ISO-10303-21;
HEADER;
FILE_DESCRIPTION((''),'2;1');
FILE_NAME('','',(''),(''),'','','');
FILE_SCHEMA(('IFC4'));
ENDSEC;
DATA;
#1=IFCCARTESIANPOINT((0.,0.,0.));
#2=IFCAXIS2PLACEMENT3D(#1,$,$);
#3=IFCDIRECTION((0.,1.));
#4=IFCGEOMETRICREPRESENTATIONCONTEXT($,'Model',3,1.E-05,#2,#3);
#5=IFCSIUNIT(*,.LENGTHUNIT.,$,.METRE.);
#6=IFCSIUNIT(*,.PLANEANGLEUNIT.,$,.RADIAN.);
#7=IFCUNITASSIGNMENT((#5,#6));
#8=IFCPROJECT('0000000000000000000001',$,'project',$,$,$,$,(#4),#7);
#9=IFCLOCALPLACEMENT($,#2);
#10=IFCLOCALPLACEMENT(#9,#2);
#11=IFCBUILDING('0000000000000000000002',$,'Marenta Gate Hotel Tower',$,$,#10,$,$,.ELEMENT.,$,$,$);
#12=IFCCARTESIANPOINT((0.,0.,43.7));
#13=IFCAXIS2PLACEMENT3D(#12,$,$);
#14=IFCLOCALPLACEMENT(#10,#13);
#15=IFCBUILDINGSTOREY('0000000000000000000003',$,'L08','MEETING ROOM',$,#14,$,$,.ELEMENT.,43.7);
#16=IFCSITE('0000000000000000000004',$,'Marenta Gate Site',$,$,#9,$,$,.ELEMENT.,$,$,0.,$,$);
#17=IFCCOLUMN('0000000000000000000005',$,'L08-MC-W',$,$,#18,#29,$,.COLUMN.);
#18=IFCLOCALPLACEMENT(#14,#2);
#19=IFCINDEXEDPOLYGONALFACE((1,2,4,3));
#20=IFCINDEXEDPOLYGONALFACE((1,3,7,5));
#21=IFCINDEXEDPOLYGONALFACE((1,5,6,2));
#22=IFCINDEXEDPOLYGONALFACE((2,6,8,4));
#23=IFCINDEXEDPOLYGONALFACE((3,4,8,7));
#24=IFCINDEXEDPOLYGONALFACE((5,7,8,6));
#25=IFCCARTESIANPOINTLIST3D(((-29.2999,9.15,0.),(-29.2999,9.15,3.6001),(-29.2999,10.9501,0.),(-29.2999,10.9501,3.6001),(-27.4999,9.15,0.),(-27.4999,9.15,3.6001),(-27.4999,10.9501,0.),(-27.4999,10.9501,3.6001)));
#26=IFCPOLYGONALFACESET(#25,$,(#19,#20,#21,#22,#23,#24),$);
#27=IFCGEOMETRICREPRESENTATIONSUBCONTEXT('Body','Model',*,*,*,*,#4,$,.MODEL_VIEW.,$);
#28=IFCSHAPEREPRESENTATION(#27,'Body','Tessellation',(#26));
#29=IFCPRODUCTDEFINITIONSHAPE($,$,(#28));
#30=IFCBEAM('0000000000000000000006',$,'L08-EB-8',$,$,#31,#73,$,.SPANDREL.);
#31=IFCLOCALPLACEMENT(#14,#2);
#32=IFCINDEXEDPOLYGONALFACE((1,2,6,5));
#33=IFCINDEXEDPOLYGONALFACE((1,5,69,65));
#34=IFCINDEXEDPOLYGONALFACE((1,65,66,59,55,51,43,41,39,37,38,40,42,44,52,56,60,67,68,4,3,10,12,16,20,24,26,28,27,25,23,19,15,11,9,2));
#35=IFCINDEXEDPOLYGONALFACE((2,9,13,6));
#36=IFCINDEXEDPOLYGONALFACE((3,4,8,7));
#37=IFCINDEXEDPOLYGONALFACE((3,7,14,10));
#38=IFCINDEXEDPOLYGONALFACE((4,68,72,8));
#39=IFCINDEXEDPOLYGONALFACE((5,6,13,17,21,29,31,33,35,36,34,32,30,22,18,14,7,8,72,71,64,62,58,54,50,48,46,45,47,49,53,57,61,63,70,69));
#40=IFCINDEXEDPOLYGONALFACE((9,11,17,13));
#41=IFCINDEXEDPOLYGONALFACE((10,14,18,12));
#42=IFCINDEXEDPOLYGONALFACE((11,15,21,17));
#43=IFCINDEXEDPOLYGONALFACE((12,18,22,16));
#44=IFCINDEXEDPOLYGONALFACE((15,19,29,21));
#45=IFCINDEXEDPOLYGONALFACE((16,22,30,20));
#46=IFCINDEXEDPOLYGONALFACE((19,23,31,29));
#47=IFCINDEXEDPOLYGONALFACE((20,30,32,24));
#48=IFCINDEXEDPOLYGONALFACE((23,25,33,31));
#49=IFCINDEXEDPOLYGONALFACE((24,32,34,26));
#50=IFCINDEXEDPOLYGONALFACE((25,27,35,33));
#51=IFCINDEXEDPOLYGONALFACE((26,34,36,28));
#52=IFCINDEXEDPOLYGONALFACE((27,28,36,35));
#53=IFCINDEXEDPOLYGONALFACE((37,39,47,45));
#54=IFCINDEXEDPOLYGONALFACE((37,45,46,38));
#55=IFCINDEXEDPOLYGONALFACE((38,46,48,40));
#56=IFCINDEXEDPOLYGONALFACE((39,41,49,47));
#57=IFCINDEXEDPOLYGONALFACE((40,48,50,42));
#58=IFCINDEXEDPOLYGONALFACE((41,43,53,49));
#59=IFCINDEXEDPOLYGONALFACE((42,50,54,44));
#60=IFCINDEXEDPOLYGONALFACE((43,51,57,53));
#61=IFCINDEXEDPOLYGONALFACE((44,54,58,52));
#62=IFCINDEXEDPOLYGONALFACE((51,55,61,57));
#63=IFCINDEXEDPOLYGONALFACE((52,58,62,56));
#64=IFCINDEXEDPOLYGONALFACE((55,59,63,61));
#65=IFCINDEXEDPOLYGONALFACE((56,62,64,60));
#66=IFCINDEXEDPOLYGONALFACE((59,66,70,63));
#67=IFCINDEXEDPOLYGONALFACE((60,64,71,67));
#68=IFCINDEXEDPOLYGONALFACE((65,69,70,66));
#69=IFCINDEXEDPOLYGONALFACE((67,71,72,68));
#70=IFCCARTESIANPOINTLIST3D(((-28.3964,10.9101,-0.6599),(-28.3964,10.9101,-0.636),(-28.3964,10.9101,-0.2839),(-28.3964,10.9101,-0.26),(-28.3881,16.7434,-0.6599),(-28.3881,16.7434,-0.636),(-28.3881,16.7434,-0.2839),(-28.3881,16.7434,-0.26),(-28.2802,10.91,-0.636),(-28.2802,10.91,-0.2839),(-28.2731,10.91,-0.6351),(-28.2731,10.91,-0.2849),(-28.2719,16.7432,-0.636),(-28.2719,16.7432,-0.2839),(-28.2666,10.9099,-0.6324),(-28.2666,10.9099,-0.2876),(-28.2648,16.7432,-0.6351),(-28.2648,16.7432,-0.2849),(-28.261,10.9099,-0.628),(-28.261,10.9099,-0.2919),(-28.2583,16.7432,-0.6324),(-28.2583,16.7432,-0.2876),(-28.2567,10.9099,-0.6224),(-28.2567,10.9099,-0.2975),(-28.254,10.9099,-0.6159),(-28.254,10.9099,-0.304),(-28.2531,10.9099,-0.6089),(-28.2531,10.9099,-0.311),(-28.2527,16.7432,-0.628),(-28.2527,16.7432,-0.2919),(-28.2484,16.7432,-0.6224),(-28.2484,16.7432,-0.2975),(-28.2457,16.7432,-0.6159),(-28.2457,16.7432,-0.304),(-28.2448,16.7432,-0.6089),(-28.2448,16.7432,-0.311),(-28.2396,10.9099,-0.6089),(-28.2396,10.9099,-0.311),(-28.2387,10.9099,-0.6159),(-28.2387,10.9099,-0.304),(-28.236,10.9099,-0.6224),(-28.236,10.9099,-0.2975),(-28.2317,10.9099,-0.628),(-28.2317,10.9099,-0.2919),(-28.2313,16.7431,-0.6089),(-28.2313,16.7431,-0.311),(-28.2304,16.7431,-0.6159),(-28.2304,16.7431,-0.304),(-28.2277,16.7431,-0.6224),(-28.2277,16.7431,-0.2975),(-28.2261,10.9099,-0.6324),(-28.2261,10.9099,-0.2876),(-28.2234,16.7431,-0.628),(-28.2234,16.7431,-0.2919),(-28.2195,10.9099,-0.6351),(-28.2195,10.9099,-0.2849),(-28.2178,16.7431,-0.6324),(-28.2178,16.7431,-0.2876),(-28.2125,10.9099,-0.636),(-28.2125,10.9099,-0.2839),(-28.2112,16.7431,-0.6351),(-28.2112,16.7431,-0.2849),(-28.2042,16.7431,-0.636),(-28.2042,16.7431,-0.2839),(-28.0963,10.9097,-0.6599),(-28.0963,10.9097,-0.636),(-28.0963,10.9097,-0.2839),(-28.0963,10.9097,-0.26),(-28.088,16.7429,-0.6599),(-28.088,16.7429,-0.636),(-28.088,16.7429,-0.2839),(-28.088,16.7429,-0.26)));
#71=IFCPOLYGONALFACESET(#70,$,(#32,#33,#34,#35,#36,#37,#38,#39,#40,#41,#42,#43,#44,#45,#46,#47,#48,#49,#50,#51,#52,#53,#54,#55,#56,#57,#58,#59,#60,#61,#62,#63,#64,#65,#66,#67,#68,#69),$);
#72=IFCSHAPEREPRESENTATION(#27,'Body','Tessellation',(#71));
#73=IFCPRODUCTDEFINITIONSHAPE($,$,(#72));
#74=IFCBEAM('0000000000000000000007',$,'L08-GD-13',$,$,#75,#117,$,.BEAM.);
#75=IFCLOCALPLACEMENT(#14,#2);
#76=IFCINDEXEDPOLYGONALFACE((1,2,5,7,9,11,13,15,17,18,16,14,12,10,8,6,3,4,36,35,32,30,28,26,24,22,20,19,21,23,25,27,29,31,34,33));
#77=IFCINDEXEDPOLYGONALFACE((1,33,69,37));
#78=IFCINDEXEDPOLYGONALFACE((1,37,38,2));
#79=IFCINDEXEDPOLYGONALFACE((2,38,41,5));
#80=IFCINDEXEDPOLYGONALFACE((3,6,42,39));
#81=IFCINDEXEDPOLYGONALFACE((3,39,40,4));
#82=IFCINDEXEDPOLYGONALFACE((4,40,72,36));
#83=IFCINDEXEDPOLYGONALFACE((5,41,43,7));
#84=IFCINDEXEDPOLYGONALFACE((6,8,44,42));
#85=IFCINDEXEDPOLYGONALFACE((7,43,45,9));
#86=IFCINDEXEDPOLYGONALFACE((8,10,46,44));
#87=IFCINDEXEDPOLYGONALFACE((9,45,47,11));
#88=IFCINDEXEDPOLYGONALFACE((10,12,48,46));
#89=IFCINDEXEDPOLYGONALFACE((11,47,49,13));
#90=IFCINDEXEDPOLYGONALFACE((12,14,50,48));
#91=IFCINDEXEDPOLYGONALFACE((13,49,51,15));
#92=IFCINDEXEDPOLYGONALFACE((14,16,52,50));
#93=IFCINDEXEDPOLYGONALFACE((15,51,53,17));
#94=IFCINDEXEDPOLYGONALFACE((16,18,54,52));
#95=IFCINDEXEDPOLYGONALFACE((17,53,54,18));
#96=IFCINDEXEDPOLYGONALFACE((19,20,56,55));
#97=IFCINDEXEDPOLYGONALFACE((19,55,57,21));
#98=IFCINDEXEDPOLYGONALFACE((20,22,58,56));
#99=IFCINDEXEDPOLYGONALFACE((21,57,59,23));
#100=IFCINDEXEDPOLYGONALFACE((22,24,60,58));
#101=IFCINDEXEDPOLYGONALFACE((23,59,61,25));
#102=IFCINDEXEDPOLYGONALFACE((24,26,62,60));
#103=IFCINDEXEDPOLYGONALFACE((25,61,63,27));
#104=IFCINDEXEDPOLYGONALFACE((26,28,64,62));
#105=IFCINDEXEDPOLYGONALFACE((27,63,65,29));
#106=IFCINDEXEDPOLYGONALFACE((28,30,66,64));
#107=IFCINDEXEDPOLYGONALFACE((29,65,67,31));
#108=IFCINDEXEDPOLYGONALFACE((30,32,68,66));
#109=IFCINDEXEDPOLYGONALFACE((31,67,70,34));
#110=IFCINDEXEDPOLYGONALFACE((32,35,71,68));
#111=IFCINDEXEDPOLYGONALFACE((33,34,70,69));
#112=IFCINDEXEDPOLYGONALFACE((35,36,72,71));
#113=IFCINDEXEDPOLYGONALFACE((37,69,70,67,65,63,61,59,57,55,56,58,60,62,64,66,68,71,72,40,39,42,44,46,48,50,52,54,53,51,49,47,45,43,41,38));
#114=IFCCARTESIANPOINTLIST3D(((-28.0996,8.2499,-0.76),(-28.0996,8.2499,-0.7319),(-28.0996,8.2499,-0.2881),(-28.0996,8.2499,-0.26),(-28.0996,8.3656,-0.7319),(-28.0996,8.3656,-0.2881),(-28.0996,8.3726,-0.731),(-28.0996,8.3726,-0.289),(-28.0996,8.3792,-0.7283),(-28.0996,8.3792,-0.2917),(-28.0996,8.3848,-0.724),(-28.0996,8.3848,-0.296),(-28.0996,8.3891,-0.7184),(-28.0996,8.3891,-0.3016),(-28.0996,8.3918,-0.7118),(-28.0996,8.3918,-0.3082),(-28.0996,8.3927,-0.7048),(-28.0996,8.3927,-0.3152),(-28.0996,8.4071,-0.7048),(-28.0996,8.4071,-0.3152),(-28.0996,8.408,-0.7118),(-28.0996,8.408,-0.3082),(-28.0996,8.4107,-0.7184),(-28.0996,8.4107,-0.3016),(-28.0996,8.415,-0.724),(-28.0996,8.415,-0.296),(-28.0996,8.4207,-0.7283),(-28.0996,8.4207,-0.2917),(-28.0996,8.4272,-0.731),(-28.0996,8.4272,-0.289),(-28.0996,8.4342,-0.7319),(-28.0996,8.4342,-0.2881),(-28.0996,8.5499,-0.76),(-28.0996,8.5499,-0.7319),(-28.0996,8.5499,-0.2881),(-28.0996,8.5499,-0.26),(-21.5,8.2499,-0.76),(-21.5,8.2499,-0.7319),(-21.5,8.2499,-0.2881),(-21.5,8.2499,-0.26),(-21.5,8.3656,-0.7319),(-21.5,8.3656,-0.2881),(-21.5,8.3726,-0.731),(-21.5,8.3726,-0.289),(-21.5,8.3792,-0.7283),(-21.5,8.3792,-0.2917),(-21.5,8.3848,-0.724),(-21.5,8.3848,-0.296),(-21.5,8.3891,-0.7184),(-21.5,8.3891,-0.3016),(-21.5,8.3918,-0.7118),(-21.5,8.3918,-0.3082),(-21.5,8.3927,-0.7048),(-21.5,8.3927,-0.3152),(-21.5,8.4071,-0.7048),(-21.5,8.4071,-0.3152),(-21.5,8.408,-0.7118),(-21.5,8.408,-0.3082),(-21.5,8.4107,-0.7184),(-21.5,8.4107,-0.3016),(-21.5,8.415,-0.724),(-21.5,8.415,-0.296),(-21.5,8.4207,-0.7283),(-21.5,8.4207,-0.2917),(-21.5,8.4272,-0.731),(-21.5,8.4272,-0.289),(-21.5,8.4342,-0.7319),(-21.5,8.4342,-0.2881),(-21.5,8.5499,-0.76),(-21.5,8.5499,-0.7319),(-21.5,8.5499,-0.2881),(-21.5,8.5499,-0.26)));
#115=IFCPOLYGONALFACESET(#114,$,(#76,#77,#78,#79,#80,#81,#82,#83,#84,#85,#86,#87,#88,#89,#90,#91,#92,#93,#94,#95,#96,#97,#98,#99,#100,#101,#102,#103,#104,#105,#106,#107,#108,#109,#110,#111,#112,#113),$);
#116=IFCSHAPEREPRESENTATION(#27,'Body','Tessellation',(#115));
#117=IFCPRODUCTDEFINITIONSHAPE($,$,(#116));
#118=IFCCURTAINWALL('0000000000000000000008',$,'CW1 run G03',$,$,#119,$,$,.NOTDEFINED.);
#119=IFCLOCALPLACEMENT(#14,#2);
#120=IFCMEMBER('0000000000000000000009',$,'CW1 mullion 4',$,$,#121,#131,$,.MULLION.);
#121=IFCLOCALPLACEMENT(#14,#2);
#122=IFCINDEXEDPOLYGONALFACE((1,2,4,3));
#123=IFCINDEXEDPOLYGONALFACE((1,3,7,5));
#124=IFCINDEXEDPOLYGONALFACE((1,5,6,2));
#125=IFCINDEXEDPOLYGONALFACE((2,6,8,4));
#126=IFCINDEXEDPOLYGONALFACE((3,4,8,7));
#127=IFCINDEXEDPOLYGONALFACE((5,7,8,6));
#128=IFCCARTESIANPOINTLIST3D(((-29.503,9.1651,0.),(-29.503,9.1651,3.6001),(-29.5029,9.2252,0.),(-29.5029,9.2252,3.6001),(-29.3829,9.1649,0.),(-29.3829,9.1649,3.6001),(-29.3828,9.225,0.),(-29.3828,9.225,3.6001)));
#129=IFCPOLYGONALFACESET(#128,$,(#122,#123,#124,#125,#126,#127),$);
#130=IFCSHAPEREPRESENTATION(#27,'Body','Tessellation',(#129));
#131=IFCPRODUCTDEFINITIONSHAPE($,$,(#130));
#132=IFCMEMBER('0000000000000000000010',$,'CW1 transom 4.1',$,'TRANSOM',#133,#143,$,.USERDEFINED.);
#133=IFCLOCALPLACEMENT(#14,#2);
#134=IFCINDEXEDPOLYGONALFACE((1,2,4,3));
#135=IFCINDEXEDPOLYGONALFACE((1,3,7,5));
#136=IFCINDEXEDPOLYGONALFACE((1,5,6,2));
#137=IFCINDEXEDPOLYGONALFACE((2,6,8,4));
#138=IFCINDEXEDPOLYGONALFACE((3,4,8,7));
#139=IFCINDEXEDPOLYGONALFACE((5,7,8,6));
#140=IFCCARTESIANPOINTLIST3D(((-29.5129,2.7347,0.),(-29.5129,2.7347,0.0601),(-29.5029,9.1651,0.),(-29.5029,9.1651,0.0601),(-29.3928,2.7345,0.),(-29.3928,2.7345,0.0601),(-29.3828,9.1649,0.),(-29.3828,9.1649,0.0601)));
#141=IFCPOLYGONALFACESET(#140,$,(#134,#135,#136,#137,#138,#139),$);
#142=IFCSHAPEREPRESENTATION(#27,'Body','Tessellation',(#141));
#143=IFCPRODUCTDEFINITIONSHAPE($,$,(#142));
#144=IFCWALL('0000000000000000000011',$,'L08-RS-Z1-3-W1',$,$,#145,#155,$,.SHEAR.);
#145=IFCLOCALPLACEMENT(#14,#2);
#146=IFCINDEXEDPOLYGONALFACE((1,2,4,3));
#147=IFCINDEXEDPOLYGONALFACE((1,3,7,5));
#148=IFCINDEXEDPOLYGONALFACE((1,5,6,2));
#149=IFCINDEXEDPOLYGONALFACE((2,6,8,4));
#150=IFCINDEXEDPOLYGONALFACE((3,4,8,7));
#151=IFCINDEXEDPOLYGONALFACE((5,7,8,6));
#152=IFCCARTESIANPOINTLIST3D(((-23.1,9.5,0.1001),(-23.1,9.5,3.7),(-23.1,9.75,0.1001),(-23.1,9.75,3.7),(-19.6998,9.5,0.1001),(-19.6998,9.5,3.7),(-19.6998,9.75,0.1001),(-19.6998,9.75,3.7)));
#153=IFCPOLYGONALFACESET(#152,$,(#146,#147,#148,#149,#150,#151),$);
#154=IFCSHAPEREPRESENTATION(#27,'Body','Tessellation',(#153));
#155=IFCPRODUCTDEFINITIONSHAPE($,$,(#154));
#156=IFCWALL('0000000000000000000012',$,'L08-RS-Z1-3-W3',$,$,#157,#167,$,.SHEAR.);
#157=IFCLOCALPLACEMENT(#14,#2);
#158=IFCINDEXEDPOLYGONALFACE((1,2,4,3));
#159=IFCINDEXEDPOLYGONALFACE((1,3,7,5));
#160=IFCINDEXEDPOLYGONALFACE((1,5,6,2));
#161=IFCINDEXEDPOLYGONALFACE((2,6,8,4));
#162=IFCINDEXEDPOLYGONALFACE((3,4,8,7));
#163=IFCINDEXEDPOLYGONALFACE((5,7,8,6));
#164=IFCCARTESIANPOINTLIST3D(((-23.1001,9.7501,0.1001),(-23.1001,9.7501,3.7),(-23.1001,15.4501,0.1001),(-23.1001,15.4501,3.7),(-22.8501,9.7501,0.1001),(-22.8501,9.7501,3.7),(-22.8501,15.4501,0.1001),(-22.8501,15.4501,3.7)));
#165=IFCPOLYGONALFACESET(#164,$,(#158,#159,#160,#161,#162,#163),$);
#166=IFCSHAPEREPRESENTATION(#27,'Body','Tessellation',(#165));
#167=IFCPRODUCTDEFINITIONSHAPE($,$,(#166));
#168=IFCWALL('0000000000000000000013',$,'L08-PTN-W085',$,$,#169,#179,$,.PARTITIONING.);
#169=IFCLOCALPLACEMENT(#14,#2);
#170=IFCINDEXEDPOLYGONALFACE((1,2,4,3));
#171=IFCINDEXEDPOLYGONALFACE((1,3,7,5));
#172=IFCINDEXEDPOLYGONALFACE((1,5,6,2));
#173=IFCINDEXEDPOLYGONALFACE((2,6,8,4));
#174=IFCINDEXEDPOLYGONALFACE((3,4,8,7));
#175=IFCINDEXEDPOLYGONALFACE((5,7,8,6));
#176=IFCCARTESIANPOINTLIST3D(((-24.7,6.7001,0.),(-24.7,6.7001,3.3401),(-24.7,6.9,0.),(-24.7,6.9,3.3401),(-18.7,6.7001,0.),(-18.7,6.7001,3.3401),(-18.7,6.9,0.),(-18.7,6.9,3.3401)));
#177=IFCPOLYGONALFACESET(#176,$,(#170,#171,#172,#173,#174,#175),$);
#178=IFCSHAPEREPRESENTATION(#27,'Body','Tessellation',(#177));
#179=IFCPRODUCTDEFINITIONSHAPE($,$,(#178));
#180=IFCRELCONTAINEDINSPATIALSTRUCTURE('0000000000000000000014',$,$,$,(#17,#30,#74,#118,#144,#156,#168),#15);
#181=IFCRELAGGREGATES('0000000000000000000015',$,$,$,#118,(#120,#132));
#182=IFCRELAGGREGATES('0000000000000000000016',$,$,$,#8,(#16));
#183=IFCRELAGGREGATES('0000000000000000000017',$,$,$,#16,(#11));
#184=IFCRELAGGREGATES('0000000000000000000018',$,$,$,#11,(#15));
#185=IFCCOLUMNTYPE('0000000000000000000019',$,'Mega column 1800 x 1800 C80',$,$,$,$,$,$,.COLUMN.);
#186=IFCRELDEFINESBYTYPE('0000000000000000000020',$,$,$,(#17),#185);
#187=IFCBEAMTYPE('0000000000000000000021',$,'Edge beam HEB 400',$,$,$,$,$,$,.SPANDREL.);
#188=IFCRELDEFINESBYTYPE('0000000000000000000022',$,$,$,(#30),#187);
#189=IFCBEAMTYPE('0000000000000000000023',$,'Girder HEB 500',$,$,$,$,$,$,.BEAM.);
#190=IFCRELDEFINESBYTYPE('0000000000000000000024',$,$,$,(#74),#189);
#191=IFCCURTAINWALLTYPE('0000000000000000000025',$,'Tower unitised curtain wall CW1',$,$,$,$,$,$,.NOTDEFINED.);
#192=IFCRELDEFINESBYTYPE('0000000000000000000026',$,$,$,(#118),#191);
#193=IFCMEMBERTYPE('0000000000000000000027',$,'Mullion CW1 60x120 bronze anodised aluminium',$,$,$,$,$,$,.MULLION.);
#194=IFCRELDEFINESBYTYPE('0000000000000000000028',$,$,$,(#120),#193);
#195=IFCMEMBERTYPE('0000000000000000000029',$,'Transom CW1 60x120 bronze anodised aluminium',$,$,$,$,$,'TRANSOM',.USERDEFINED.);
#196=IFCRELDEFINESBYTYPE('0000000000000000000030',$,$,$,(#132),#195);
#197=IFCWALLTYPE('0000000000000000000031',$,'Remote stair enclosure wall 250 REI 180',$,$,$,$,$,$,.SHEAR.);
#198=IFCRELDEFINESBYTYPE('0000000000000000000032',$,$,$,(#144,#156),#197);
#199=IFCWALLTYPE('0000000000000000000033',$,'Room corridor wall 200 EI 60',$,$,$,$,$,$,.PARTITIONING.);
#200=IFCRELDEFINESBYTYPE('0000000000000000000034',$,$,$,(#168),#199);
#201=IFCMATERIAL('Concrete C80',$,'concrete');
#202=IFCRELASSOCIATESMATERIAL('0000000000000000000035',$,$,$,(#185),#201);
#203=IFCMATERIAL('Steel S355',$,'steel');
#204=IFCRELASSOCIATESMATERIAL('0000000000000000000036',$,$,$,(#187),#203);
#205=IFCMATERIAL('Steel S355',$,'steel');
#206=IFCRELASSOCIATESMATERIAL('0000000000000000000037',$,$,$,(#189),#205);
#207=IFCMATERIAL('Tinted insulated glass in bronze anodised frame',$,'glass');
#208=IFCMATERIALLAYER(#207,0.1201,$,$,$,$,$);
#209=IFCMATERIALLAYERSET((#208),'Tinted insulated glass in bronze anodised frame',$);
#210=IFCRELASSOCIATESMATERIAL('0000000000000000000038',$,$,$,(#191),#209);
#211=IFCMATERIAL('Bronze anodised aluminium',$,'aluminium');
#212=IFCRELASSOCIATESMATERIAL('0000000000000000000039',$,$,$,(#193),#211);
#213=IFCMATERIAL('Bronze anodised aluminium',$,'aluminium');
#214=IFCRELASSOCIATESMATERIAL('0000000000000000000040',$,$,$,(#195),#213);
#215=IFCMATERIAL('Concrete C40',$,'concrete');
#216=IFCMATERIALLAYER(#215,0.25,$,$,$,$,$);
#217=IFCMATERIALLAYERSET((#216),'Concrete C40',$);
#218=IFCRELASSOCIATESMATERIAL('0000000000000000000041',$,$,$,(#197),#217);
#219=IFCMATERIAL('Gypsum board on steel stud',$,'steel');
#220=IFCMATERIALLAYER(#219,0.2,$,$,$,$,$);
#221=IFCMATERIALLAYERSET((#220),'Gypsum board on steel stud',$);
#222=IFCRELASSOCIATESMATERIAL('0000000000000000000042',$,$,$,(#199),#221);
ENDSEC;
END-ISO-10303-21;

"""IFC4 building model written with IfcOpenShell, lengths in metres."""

from ifc_helpers import new_model, si_unit, direction, frame, frame_2d, origin, origin_2d, place, context, subcontext, project, spatial, rectangle, i_section, extrude, material, layer, layer_set, material_profile, profile_set, type_object, element, aggregate, save


model = new_model("IFC4")

# Units and contexts
model_context = context("Model", 3, precision=1e-05, world=origin(), true_north=direction((0.0, 1.0)))
body_context = subcontext(model_context, "Body", "Model", "MODEL_VIEW")
ifc_project = project(units=[si_unit("LENGTHUNIT", "METRE"), si_unit("PLANEANGLEUNIT", "RADIAN")], contexts=[model_context])

# Site, building, storey
site_placement = place(None, origin())
site = spatial("IfcSite", under=ifc_project, at=site_placement, Name="Marenta Gate Site", CompositionType="ELEMENT", RefElevation=0.0)
building_placement = place(site_placement, origin())
building = spatial("IfcBuilding", under=site, at=building_placement, Name="Marenta Gate Hotel Tower", CompositionType="ELEMENT")
storey_placement = place(building_placement, frame((0.0, 0.0, 43.7)))
storey = spatial("IfcBuildingStorey", under=building, at=storey_placement, Name="L08", Description="MEETING ROOM", CompositionType="ELEMENT", Elevation=43.7)

# Column
ifc_material_1 = material(Name="Concrete C80", Category="concrete")
ifc_material_profile_1 = material_profile(ifc_material_1, rectangle(XDim=1.8, YDim=1.8, at=origin_2d()), Name="1800 x 1800")
ifc_profile_set_1 = profile_set([ifc_material_profile_1], Name="Concrete C80")
column_type = type_object("IfcColumnType", Name="Mega column 1800 x 1800 C80", PredefinedType="COLUMN", material=ifc_profile_set_1)
column_placement = place(storey_placement, frame((-28.3999, 10.05, 0.0), z_axis=(0.0, 0.0, 1.0), x_axis=(1.0, 0.0, 0.0)))
element("IfcColumn", 1, at=column_placement, inside=storey, type_object=column_type, Name="L08-MC-W", PredefinedType="COLUMN", context=body_context, shape_type="SweptSolid", body=[
    extrude(rectangle(XDim=1.8, YDim=1.8, at=origin_2d()), origin(), (0.0, 0.0, 1.0), 3.6001),
])

# Beams
ifc_material_2 = material(Name="Steel S355", Category="steel")
ifc_material_profile_2 = material_profile(ifc_material_2, i_section(OverallWidth=0.3, OverallDepth=0.3999, WebThickness=0.0134, FlangeThickness=0.0239, FilletRadius=0.0271, at=origin_2d()), Name="HEB 400")
ifc_profile_set_2 = profile_set([ifc_material_profile_2], Name="Steel S355")
beam_type_1 = type_object("IfcBeamType", Name="Edge beam HEB 400", PredefinedType="SPANDREL", material=ifc_profile_set_2)
beam_1_placement = place(storey_placement, frame((-28.2463, 10.9099, -0.46), z_axis=(0.001423, 0.999999, 0.0), x_axis=(-0.999999, 0.001423, 0.0)))
element("IfcBeam", 2, at=beam_1_placement, inside=storey, type_object=beam_type_1, Name="L08-EB-8", PredefinedType="SPANDREL", context=body_context, shape_type="SweptSolid", body=[
    extrude(i_section(OverallWidth=0.3, OverallDepth=0.3999, WebThickness=0.0134, FlangeThickness=0.0239, FilletRadius=0.0271, at=origin_2d()), origin(), (0.0, 0.0, 1.0), 5.8333),
])
ifc_material_3 = material(Name="Steel S355", Category="steel")
ifc_material_profile_3 = material_profile(ifc_material_3, i_section(OverallWidth=0.3, OverallDepth=0.5, WebThickness=0.0144, FlangeThickness=0.0281, FilletRadius=0.0271, at=origin_2d()), Name="HEB 500")
ifc_profile_set_3 = profile_set([ifc_material_profile_3], Name="Steel S355")
beam_type_2 = type_object("IfcBeamType", Name="Girder HEB 500", PredefinedType="BEAM", material=ifc_profile_set_3)
beam_2_placement = place(storey_placement, frame((-28.0996, 8.3999, -0.51), z_axis=(1.0, 0.0, 0.0), x_axis=(0.0, 1.0, 0.0)))
element("IfcBeam", 3, at=beam_2_placement, inside=storey, type_object=beam_type_2, Name="L08-GD-13", PredefinedType="BEAM", context=body_context, shape_type="SweptSolid", body=[
    extrude(i_section(OverallWidth=0.3, OverallDepth=0.5, WebThickness=0.0144, FlangeThickness=0.0281, FilletRadius=0.0271, at=origin_2d()), origin(), (0.0, 0.0, 1.0), 6.5996),
])

# Curtain wall, members
ifc_material_4 = material(Name="Tinted insulated glass in bronze anodised frame", Category="glass")
ifc_layer_1 = layer(ifc_material_4, 0.1201)
ifc_layer_set_1 = layer_set([ifc_layer_1], Name="Tinted insulated glass in bronze anodised frame")
curtain_wall_type = type_object("IfcCurtainWallType", Name="Tower unitised curtain wall CW1", PredefinedType="NOTDEFINED", material=ifc_layer_set_1)
curtain_wall_placement = place(storey_placement, origin())
curtain_wall = element("IfcCurtainWall", 4, at=curtain_wall_placement, inside=storey, type_object=curtain_wall_type, Name="CW1 run G03", PredefinedType="NOTDEFINED")
ifc_material_5 = material(Name="Bronze anodised aluminium", Category="aluminium")
ifc_material_profile_4 = material_profile(ifc_material_5, rectangle(XDim=0.1201, YDim=0.0601, at=origin_2d()), Name="Mullion CW1 60x120 bronze anodised aluminium")
ifc_profile_set_4 = profile_set([ifc_material_profile_4], Name="Bronze anodised aluminium")
member_type_1 = type_object("IfcMemberType", Name="Mullion CW1 60x120 bronze anodised aluminium", PredefinedType="MULLION", material=ifc_profile_set_4)
member_1_placement = place(storey_placement, frame((-29.4429, 9.1951, 0.0), z_axis=(0.0, 0.0, 1.0), x_axis=(0.999999, -0.001566, 0.0)))
member_1 = element("IfcMember", 5, at=member_1_placement, type_object=member_type_1, Name="CW1 mullion 4", PredefinedType="MULLION", context=body_context, shape_type="SweptSolid", body=[
    extrude(rectangle(XDim=0.1201, YDim=0.0601, at=origin_2d()), origin(), (0.0, 0.0, 1.0), 3.6001),
])
ifc_material_6 = material(Name="Bronze anodised aluminium", Category="aluminium")
ifc_material_profile_5 = material_profile(ifc_material_6, rectangle(XDim=0.1201, YDim=0.0601, at=origin_2d()), Name="Transom CW1 60x120 bronze anodised aluminium")
ifc_profile_set_5 = profile_set([ifc_material_profile_5], Name="Bronze anodised aluminium")
member_type_2 = type_object("IfcMemberType", Name="Transom CW1 60x120 bronze anodised aluminium", ElementType="TRANSOM", PredefinedType="USERDEFINED", material=ifc_profile_set_5)
member_2_placement = place(storey_placement, frame((-29.4429, 9.165, 0.03), z_axis=(-0.001557, -0.999999, 0.0), x_axis=(0.999999, -0.001557, 0.0)))
member_2 = element("IfcMember", 6, at=member_2_placement, type_object=member_type_2, Name="CW1 transom 4.1", ObjectType="TRANSOM", PredefinedType="USERDEFINED", context=body_context, shape_type="SweptSolid", body=[
    extrude(rectangle(XDim=0.1201, YDim=0.0601, at=origin_2d()), origin(), (0.0, 0.0, 1.0), 6.4304),
])
aggregate(curtain_wall, [member_1, member_2])

# Walls
ifc_material_7 = material(Name="Concrete C40", Category="concrete")
ifc_layer_2 = layer(ifc_material_7, 0.25)
ifc_layer_set_2 = layer_set([ifc_layer_2], Name="Concrete C40")
wall_type_1 = type_object("IfcWallType", Name="Remote stair enclosure wall 250 REI 180", PredefinedType="SHEAR", material=ifc_layer_set_2)
wall_1_placement = place(storey_placement, frame((-23.1001, 9.625, 0.1001), z_axis=(0.0, 0.0, 1.0), x_axis=(1.0, 0.0, 0.0)))
element("IfcWall", 7, at=wall_1_placement, inside=storey, type_object=wall_type_1, Name="L08-RS-Z1-3-W1", PredefinedType="SHEAR", context=body_context, shape_type="SweptSolid", body=[
    extrude(rectangle(XDim=3.4001, YDim=0.25, at=frame_2d((1.7002, 0.0))), origin(), (0.0, 0.0, 1.0), 3.5999),
])
wall_2_placement = place(storey_placement, frame((-22.9751, 9.75, 0.1001), z_axis=(0.0, 0.0, 1.0), x_axis=(0.0, 1.0, 0.0)))
element("IfcWall", 8, at=wall_2_placement, inside=storey, type_object=wall_type_1, Name="L08-RS-Z1-3-W3", PredefinedType="SHEAR", context=body_context, shape_type="SweptSolid", body=[
    extrude(rectangle(XDim=5.7, YDim=0.25, at=frame_2d((2.8501, 0.0))), origin(), (0.0, 0.0, 1.0), 3.5999),
])
ifc_material_8 = material(Name="Gypsum board on steel stud", Category="steel")
ifc_layer_3 = layer(ifc_material_8, 0.2)
ifc_layer_set_3 = layer_set([ifc_layer_3], Name="Gypsum board on steel stud")
wall_type_2 = type_object("IfcWallType", Name="Room corridor wall 200 EI 60", PredefinedType="PARTITIONING", material=ifc_layer_set_3)
wall_3_placement = place(storey_placement, frame((-24.7, 6.8, 0.0), z_axis=(0.0, 0.0, 1.0), x_axis=(1.0, 0.0, 0.0)))
element("IfcWall", 9, at=wall_3_placement, inside=storey, type_object=wall_type_2, Name="L08-PTN-W085", PredefinedType="PARTITIONING", context=body_context, shape_type="SweptSolid", body=[
    extrude(rectangle(XDim=6.0, YDim=0.2, at=frame_2d((3.0, 0.0))), origin(), (0.0, 0.0, 1.0), 3.3401),
])

save(model, "model.ifc")
